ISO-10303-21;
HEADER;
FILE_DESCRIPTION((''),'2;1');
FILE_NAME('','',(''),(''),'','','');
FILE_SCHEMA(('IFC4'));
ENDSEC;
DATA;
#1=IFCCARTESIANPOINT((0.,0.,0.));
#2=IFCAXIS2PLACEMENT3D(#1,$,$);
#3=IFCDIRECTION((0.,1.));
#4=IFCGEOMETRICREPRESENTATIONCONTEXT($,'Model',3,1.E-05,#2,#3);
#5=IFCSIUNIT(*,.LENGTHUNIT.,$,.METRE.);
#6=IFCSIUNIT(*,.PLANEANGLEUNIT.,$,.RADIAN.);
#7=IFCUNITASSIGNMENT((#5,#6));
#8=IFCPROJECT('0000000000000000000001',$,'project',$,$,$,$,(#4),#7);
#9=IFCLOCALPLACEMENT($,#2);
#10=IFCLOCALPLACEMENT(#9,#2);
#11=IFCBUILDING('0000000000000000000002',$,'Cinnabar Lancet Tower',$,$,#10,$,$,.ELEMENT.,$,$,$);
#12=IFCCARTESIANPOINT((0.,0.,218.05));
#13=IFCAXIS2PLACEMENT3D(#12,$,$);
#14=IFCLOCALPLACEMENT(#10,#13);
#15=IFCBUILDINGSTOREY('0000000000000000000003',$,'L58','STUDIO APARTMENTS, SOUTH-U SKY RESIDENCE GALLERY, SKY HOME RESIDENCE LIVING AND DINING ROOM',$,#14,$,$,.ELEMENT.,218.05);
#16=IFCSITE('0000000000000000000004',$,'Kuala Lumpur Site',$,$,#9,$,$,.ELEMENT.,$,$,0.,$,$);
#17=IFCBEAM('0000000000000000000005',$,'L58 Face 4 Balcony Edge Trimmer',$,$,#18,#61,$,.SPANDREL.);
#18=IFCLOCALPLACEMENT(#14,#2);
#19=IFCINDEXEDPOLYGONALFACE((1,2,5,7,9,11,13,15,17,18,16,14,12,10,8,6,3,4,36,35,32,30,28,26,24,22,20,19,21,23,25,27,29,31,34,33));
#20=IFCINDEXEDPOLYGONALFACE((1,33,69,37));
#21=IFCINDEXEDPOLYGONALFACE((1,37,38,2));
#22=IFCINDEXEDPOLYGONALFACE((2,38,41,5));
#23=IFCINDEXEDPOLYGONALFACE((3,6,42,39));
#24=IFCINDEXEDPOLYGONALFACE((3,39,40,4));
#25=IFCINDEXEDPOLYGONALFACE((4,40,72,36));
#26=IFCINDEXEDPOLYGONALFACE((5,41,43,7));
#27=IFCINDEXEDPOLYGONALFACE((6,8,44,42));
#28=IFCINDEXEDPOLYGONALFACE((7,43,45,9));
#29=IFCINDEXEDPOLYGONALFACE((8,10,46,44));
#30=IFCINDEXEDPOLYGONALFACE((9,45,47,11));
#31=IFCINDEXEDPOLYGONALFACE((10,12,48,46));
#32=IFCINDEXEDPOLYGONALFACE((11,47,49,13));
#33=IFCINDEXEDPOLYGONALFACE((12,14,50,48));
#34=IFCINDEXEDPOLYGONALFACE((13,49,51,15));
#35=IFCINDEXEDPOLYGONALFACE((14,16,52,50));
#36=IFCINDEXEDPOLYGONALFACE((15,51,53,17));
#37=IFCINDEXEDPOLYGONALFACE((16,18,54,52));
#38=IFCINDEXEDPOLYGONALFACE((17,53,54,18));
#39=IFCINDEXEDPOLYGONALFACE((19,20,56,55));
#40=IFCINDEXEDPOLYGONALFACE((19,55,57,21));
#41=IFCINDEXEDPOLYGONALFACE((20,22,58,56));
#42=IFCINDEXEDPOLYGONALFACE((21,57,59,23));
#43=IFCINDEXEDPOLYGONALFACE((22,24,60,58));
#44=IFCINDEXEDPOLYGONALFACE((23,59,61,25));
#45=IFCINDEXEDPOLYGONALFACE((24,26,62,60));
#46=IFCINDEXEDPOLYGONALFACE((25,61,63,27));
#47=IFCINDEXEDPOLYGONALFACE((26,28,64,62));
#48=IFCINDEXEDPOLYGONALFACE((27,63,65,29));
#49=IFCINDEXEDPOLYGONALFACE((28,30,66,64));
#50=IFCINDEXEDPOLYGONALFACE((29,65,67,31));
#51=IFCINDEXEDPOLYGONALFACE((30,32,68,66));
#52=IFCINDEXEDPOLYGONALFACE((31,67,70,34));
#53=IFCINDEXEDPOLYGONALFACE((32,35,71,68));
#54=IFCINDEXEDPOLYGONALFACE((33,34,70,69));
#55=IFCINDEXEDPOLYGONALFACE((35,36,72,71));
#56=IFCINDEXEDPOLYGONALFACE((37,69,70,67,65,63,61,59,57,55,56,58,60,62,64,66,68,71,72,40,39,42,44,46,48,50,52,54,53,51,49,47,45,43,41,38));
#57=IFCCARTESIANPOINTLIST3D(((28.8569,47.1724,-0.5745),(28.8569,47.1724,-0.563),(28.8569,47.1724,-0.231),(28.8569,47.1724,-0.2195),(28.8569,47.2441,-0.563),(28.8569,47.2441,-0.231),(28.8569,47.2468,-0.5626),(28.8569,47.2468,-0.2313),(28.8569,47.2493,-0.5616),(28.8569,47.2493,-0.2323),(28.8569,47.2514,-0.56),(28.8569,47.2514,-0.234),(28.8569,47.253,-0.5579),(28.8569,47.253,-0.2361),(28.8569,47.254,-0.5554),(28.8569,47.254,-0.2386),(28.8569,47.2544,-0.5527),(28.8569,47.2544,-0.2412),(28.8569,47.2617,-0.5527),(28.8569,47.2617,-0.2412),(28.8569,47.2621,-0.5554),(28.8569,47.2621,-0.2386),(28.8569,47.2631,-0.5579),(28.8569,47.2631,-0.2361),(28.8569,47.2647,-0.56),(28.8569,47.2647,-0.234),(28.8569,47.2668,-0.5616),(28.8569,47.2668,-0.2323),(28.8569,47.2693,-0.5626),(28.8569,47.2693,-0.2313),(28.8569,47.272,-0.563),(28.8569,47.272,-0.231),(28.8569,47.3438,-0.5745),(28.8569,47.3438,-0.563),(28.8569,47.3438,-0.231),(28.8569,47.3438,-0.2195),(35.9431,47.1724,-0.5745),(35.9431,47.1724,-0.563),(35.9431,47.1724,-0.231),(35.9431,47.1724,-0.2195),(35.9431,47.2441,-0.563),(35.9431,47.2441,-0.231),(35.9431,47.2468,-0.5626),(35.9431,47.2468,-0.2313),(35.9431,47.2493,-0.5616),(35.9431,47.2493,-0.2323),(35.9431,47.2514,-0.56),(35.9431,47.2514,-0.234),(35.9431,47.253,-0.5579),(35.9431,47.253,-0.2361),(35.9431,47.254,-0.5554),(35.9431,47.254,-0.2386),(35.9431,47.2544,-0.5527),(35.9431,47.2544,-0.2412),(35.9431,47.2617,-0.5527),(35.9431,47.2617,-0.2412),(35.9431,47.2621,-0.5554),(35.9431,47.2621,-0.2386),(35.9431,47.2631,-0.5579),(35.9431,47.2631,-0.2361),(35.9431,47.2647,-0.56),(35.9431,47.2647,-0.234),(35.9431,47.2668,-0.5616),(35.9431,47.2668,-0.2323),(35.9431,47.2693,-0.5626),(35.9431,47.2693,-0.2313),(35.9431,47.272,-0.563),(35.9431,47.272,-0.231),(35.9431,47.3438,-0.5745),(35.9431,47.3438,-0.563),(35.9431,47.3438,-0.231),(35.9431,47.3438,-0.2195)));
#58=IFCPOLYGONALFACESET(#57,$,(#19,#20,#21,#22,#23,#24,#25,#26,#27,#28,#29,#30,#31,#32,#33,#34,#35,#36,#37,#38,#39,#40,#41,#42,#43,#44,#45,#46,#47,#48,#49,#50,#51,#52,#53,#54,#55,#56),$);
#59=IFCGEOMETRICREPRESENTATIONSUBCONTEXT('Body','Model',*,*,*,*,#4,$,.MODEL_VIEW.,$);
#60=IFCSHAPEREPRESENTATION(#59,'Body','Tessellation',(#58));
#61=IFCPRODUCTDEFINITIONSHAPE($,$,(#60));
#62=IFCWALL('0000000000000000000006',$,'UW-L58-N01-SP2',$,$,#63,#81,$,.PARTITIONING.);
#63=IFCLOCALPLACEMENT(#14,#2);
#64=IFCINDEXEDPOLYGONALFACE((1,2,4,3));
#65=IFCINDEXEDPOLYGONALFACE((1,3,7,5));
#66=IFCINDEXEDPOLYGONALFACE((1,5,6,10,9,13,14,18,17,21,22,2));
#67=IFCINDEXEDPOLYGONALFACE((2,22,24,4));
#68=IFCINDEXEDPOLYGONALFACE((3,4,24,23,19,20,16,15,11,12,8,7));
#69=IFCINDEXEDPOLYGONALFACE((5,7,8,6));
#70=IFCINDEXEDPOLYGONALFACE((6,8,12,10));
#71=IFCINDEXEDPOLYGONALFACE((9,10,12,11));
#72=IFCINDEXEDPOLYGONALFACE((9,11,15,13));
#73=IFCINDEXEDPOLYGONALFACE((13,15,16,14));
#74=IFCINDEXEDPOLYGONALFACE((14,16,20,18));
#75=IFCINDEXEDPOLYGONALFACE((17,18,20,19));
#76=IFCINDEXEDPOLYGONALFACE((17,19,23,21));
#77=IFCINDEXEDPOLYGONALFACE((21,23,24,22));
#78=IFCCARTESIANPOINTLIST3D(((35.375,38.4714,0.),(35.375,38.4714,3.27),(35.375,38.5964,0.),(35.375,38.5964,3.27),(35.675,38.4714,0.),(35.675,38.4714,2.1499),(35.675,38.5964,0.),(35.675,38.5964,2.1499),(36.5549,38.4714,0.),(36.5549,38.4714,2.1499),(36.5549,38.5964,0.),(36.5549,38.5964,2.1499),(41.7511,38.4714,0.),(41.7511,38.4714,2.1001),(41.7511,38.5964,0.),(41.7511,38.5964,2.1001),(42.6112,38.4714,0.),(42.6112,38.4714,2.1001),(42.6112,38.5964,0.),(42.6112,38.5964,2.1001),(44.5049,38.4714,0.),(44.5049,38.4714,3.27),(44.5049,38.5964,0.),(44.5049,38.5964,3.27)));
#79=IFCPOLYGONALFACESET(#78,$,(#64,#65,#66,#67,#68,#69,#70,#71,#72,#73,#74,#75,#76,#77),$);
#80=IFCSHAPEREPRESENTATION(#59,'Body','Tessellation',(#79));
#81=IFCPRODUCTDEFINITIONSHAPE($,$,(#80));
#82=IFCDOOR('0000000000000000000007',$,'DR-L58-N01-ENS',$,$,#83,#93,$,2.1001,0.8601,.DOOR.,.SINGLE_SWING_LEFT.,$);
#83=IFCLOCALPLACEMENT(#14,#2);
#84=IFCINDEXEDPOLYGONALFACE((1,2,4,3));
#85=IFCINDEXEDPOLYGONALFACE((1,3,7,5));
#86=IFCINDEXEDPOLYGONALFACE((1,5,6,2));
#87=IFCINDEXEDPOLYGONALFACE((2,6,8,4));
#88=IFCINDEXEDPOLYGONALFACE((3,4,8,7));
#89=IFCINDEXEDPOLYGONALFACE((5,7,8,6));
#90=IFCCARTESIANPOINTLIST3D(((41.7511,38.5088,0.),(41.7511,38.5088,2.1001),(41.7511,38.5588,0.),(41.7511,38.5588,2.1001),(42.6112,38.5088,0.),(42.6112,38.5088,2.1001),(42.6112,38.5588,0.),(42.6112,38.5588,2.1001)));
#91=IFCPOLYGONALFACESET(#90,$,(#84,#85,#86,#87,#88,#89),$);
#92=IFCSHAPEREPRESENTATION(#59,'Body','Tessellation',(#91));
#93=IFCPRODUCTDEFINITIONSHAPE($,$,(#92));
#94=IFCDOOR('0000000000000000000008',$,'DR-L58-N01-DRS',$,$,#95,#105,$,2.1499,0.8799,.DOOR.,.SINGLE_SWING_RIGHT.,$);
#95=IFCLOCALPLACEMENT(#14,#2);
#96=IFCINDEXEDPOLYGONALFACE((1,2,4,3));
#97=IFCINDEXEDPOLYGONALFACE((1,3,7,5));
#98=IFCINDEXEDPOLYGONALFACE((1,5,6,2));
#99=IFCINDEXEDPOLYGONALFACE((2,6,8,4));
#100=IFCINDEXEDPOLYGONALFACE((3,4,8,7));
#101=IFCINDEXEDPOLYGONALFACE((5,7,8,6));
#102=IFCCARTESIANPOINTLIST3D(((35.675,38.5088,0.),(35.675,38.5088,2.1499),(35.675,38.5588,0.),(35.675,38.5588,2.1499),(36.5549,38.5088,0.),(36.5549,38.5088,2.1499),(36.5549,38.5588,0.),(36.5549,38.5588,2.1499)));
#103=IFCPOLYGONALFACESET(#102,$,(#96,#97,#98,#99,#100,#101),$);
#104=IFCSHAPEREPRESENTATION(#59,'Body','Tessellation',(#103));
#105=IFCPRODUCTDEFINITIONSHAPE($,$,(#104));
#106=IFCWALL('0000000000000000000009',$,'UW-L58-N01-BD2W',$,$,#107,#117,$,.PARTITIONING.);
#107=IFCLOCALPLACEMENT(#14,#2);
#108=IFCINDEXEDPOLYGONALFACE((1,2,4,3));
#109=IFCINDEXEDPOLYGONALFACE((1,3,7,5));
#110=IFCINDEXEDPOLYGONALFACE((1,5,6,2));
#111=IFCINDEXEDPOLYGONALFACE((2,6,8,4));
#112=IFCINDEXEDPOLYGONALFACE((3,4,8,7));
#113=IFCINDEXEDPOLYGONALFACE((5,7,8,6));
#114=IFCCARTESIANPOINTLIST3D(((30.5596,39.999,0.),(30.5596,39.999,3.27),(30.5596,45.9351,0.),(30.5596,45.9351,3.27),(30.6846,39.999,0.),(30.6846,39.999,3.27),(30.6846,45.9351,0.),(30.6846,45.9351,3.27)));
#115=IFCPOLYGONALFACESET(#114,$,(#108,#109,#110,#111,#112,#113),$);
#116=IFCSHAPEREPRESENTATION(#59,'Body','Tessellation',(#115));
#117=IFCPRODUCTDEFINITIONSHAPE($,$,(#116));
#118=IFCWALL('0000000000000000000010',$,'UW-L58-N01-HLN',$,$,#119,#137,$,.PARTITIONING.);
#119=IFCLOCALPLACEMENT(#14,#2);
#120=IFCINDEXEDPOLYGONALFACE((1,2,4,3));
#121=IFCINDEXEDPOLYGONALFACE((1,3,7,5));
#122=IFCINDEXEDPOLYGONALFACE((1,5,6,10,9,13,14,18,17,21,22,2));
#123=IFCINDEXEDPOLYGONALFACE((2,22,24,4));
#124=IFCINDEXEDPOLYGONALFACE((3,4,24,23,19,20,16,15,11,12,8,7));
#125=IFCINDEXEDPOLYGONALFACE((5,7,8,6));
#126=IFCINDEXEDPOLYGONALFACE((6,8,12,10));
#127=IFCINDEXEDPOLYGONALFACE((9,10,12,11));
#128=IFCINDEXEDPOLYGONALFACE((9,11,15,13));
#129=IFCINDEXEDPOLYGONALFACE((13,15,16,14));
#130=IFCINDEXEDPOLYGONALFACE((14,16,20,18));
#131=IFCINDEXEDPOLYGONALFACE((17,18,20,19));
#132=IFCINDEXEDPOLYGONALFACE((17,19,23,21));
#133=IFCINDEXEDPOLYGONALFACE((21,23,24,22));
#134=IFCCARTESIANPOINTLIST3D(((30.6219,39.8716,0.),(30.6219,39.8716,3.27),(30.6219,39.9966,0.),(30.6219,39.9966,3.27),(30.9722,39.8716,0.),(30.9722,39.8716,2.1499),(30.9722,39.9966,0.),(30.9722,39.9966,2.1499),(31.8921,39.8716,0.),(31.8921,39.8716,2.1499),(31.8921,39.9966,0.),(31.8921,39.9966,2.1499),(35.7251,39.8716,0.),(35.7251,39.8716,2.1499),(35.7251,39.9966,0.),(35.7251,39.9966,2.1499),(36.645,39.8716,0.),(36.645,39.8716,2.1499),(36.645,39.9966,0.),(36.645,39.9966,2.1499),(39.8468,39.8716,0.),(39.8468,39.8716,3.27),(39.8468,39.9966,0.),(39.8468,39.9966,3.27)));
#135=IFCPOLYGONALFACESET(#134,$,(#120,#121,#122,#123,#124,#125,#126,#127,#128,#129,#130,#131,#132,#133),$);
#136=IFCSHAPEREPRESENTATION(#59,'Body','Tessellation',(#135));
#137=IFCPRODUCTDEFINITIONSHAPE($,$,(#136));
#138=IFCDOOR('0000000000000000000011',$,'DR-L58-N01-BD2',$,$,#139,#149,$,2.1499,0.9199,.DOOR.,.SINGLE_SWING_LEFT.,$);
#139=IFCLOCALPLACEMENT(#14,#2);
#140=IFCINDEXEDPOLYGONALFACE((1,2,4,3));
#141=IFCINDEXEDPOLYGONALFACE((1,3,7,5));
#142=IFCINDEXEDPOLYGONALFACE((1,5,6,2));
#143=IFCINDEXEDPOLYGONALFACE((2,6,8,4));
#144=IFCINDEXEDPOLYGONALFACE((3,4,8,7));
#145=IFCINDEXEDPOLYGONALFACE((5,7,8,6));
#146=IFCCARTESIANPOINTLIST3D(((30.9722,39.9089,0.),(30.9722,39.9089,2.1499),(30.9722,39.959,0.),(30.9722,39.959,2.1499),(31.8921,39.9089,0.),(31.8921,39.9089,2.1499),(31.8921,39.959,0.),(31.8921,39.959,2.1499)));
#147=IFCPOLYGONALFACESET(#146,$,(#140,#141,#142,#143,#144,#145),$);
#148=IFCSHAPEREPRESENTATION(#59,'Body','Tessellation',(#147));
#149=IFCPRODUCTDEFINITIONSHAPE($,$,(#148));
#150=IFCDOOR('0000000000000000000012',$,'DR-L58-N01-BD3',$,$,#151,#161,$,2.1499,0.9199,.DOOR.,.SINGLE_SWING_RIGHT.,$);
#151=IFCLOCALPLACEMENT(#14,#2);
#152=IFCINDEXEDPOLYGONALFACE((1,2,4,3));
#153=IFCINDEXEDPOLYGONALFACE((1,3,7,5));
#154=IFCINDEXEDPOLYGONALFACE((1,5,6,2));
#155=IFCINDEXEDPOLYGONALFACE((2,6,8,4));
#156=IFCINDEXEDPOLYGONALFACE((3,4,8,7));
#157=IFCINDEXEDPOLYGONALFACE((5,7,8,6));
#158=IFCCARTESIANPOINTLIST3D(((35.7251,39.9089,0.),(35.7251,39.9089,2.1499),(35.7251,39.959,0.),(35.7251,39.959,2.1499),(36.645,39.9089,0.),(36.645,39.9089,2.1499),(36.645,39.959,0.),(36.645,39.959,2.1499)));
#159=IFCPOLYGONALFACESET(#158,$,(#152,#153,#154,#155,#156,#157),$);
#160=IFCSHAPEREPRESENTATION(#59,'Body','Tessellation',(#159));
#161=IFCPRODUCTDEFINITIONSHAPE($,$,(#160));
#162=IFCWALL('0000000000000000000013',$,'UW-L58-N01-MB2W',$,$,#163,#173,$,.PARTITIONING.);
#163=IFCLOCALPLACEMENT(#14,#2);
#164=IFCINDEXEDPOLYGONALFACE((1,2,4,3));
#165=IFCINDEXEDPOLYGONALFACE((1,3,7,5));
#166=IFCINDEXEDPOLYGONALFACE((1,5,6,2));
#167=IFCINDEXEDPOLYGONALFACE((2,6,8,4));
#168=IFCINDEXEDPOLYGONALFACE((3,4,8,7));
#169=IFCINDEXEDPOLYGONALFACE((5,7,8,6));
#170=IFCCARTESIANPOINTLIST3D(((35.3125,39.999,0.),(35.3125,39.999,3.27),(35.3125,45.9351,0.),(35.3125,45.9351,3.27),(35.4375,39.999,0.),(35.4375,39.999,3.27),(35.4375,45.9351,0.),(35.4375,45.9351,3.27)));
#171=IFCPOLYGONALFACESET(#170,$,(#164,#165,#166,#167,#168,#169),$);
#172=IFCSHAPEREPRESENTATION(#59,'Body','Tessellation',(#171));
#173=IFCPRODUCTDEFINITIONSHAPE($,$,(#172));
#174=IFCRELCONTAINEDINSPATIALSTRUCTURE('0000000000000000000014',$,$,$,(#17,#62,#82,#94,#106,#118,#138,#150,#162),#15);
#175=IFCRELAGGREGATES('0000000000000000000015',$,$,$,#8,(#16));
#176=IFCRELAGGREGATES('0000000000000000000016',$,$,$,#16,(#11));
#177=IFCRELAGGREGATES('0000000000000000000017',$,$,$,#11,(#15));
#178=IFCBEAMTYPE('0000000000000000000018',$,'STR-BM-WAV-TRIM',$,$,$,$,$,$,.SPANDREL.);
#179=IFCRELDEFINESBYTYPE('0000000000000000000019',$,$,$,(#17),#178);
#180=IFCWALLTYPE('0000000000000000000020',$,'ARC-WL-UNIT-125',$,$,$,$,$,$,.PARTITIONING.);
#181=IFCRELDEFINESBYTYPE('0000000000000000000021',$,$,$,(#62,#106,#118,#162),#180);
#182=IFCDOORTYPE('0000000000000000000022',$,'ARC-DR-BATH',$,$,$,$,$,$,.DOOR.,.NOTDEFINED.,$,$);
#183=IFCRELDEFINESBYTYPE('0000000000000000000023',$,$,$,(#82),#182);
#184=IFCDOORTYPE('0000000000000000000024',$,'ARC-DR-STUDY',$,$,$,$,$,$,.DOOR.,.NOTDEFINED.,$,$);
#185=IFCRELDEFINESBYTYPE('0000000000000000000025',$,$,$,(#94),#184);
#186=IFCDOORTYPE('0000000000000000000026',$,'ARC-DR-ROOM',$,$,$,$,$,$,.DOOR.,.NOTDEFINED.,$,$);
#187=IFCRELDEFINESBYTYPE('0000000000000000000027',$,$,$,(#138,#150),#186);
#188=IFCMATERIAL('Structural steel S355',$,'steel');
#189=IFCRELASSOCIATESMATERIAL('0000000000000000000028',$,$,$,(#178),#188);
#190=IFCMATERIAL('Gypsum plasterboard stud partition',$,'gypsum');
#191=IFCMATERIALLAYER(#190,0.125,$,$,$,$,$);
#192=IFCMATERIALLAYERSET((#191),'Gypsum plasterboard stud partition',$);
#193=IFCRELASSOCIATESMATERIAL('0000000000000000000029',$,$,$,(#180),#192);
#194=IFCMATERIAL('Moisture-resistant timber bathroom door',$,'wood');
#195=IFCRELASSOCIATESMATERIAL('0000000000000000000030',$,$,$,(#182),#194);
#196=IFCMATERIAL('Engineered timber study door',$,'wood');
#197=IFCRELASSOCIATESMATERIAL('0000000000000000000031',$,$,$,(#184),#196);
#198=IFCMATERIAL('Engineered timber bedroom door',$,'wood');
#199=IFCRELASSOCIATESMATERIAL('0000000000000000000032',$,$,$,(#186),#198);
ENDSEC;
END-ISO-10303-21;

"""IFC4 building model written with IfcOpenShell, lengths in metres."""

from ifc_helpers import new_model, si_unit, direction, frame, frame_2d, origin, origin_2d, place, context, subcontext, project, spatial, rectangle, i_section, extrude, material, layer, layer_set, material_profile, profile_set, type_object, element, fill, save


model = new_model("IFC4")

# Units and contexts
model_context = context("Model", 3, precision=1e-05, world=origin(), true_north=direction((0.0, 1.0)))
body_context = subcontext(model_context, "Body", "Model", "MODEL_VIEW")
ifc_project = project(units=[si_unit("LENGTHUNIT", "METRE"), si_unit("PLANEANGLEUNIT", "RADIAN")], contexts=[model_context])

# Site, building, storey
site_placement = place(None, origin())
site = spatial("IfcSite", under=ifc_project, at=site_placement, Name="Kuala Lumpur Site", CompositionType="ELEMENT", RefElevation=0.0)
building_placement = place(site_placement, origin())
building = spatial("IfcBuilding", under=site, at=building_placement, Name="Cinnabar Lancet Tower", CompositionType="ELEMENT")
storey_placement = place(building_placement, frame((0.0, 0.0, 218.05)))
storey = spatial("IfcBuildingStorey", under=building, at=storey_placement, Name="L58", Description="STUDIO APARTMENTS, SOUTH-U SKY RESIDENCE GALLERY, SKY HOME RESIDENCE LIVING AND DINING ROOM", CompositionType="ELEMENT", Elevation=218.05)

# Beam
ifc_material_1 = material(Name="Structural steel S355", Category="steel")
ifc_material_profile_1 = material_profile(ifc_material_1, i_section(OverallWidth=0.1714, OverallDepth=0.355, WebThickness=0.0073, FlangeThickness=0.0115, FilletRadius=0.0103, at=origin_2d()), Name="UKB 356x171x51")
ifc_profile_set_1 = profile_set([ifc_material_profile_1], Name="Structural steel S355")
beam_type_1 = type_object("IfcBeamType", Name="STR-BM-WAV-TRIM", PredefinedType="SPANDREL", material=ifc_profile_set_1)
beam_1_placement = place(storey_placement, frame((35.9431, 47.2581, -0.397), z_axis=(-1.0, 0.0, 0.0), x_axis=(0.0, -1.0, 0.0)))
element("IfcBeam", 1, at=beam_1_placement, inside=storey, type_object=beam_type_1, Name="L58 Face 4 Balcony Edge Trimmer", PredefinedType="SPANDREL", context=body_context, shape_type="SweptSolid", body=[
    extrude(i_section(OverallWidth=0.1714, OverallDepth=0.355, WebThickness=0.0073, FlangeThickness=0.0115, FilletRadius=0.0103, at=origin_2d()), origin(), (0.0, 0.0, 1.0), 7.0862),
])

# Wall, openings, doors
ifc_material_2 = material(Name="Gypsum plasterboard stud partition", Category="gypsum")
ifc_layer_1 = layer(ifc_material_2, 0.125)
ifc_layer_set_1 = layer_set([ifc_layer_1], Name="Gypsum plasterboard stud partition")
wall_type_1 = type_object("IfcWallType", Name="ARC-WL-UNIT-125", PredefinedType="PARTITIONING", material=ifc_layer_set_1)
wall_1_placement = place(storey_placement, frame((35.375, 38.5339, 0.0), z_axis=(0.0, 0.0, 1.0), x_axis=(1.0, 0.0, 0.0)))
wall_1 = element("IfcWall", 2, at=wall_1_placement, inside=storey, type_object=wall_type_1, Name="UW-L58-N01-SP2", PredefinedType="PARTITIONING", context=body_context, shape_type="SweptSolid", body=[
    extrude(rectangle(XDim=9.1299, YDim=0.125, at=frame_2d((4.5649, 0.0))), origin(), (0.0, 0.0, 1.0), 3.27),
])
opening_1_placement = place(wall_1_placement, frame((6.376, 0.0, 0.0)))
opening_1 = element("IfcOpeningElement", 3, at=opening_1_placement, cuts=wall_1, PredefinedType="OPENING", context=body_context, shape_type="SweptSolid", body=[
    extrude(rectangle(XDim=0.8601, YDim=2.1001, at=frame_2d((0.4302, 1.05))), frame((0.0, 0.0725, 0.0), z_axis=(0.0, -1.0, 0.0), x_axis=(1.0, 0.0, 0.0)), (0.0, 0.0, 1.0), 0.145),
])
opening_2_placement = place(wall_1_placement, frame((0.3, 0.0, 0.0)))
opening_2 = element("IfcOpeningElement", 4, at=opening_2_placement, cuts=wall_1, PredefinedType="OPENING", context=body_context, shape_type="SweptSolid", body=[
    extrude(rectangle(XDim=0.8799, YDim=2.1499, at=frame_2d((0.4399, 1.075))), frame((0.0, 0.0725, 0.0), z_axis=(0.0, -1.0, 0.0), x_axis=(1.0, 0.0, 0.0)), (0.0, 0.0, 1.0), 0.145),
])
ifc_material_3 = material(Name="Moisture-resistant timber bathroom door", Category="wood")
door_type_1 = type_object("IfcDoorType", Name="ARC-DR-BATH", OperationType="NOTDEFINED", PredefinedType="DOOR", material=ifc_material_3)
door_1_placement = place(opening_1_placement, origin())
door_1 = element("IfcDoor", 5, at=door_1_placement, inside=storey, type_object=door_type_1, Name="DR-L58-N01-ENS", OperationType="SINGLE_SWING_LEFT", OverallHeight=2.1001, OverallWidth=0.8601, PredefinedType="DOOR", context=body_context, shape_type="SweptSolid", body=[
    extrude(rectangle(XDim=0.8601, YDim=2.1001, at=frame_2d((0.4302, 1.05))), frame((0.0, 0.0249, 0.0), z_axis=(0.0, -1.0, 0.0), x_axis=(1.0, 0.0, 0.0)), (0.0, 0.0, 1.0), 0.05),
])
fill(opening_1, door_1)
ifc_material_4 = material(Name="Engineered timber study door", Category="wood")
door_type_2 = type_object("IfcDoorType", Name="ARC-DR-STUDY", OperationType="NOTDEFINED", PredefinedType="DOOR", material=ifc_material_4)
door_2_placement = place(opening_2_placement, origin())
door_2 = element("IfcDoor", 6, at=door_2_placement, inside=storey, type_object=door_type_2, Name="DR-L58-N01-DRS", OperationType="SINGLE_SWING_RIGHT", OverallHeight=2.1499, OverallWidth=0.8799, PredefinedType="DOOR", context=body_context, shape_type="SweptSolid", body=[
    extrude(rectangle(XDim=0.8799, YDim=2.1499, at=frame_2d((0.4399, 1.075))), frame((0.0, 0.0249, 0.0), z_axis=(0.0, -1.0, 0.0), x_axis=(1.0, 0.0, 0.0)), (0.0, 0.0, 1.0), 0.05),
])
fill(opening_2, door_2)

# Wall
wall_2_placement = place(storey_placement, frame((30.6221, 39.999, 0.0), z_axis=(0.0, 0.0, 1.0), x_axis=(0.0, 1.0, 0.0)))
element("IfcWall", 7, at=wall_2_placement, inside=storey, type_object=wall_type_1, Name="UW-L58-N01-BD2W", PredefinedType="PARTITIONING", context=body_context, shape_type="SweptSolid", body=[
    extrude(rectangle(XDim=5.936, YDim=0.125, at=frame_2d((2.968, 0.0))), origin(), (0.0, 0.0, 1.0), 3.27),
])

# Wall, openings, doors
wall_3_placement = place(storey_placement, frame((30.6221, 39.9341, 0.0), z_axis=(0.0, 0.0, 1.0), x_axis=(1.0, 0.0, 0.0)))
wall_3 = element("IfcWall", 8, at=wall_3_placement, inside=storey, type_object=wall_type_1, Name="UW-L58-N01-HLN", PredefinedType="PARTITIONING", context=body_context, shape_type="SweptSolid", body=[
    extrude(rectangle(XDim=9.2249, YDim=0.125, at=frame_2d((4.6123, 0.0))), origin(), (0.0, 0.0, 1.0), 3.27),
])
opening_3_placement = place(wall_3_placement, frame((0.3501, 0.0, 0.0)))
opening_3 = element("IfcOpeningElement", 9, at=opening_3_placement, cuts=wall_3, PredefinedType="OPENING", context=body_context, shape_type="SweptSolid", body=[
    extrude(rectangle(XDim=0.9199, YDim=2.1499, at=frame_2d((0.46, 1.075))), frame((0.0, 0.0725, 0.0), z_axis=(0.0, -1.0, 0.0), x_axis=(1.0, 0.0, 0.0)), (0.0, 0.0, 1.0), 0.145),
])
opening_4_placement = place(wall_3_placement, frame((5.103, 0.0, 0.0)))
opening_4 = element("IfcOpeningElement", 10, at=opening_4_placement, cuts=wall_3, PredefinedType="OPENING", context=body_context, shape_type="SweptSolid", body=[
    extrude(rectangle(XDim=0.9199, YDim=2.1499, at=frame_2d((0.46, 1.075))), frame((0.0, 0.0725, 0.0), z_axis=(0.0, -1.0, 0.0), x_axis=(1.0, 0.0, 0.0)), (0.0, 0.0, 1.0), 0.145),
])
ifc_material_5 = material(Name="Engineered timber bedroom door", Category="wood")
door_type_3 = type_object("IfcDoorType", Name="ARC-DR-ROOM", OperationType="NOTDEFINED", PredefinedType="DOOR", material=ifc_material_5)
door_3_placement = place(opening_3_placement, origin())
door_3 = element("IfcDoor", 11, at=door_3_placement, inside=storey, type_object=door_type_3, Name="DR-L58-N01-BD2", OperationType="SINGLE_SWING_LEFT", OverallHeight=2.1499, OverallWidth=0.9199, PredefinedType="DOOR", context=body_context, shape_type="SweptSolid", body=[
    extrude(rectangle(XDim=0.9199, YDim=2.1499, at=frame_2d((0.46, 1.075))), frame((0.0, 0.0249, 0.0), z_axis=(0.0, -1.0, 0.0), x_axis=(1.0, 0.0, 0.0)), (0.0, 0.0, 1.0), 0.05),
])
fill(opening_3, door_3)
door_4_placement = place(opening_4_placement, origin())
door_4 = element("IfcDoor", 12, at=door_4_placement, inside=storey, type_object=door_type_3, Name="DR-L58-N01-BD3", OperationType="SINGLE_SWING_RIGHT", OverallHeight=2.1499, OverallWidth=0.9199, PredefinedType="DOOR", context=body_context, shape_type="SweptSolid", body=[
    extrude(rectangle(XDim=0.9199, YDim=2.1499, at=frame_2d((0.46, 1.075))), frame((0.0, 0.0249, 0.0), z_axis=(0.0, -1.0, 0.0), x_axis=(1.0, 0.0, 0.0)), (0.0, 0.0, 1.0), 0.05),
])
fill(opening_4, door_4)

# Wall
for number, where, z_axis, x_axis, name in (
    (13, (35.375, 39.999, 0.0), (0.0, 0.0, 1.0), (0.0, 1.0, 0.0), "UW-L58-N01-MB2W"),
):
    element("IfcWall", number, at=place(storey_placement, frame(where, z_axis=z_axis, x_axis=x_axis)), inside=storey, type_object=wall_type_1, Name=name, PredefinedType="PARTITIONING", context=body_context, shape_type="SweptSolid", body=[
        extrude(rectangle(XDim=5.936, YDim=0.125, at=frame_2d((2.968, 0.0))), origin(), (0.0, 0.0, 1.0), 3.27),
    ])

save(model, "model.ifc")
